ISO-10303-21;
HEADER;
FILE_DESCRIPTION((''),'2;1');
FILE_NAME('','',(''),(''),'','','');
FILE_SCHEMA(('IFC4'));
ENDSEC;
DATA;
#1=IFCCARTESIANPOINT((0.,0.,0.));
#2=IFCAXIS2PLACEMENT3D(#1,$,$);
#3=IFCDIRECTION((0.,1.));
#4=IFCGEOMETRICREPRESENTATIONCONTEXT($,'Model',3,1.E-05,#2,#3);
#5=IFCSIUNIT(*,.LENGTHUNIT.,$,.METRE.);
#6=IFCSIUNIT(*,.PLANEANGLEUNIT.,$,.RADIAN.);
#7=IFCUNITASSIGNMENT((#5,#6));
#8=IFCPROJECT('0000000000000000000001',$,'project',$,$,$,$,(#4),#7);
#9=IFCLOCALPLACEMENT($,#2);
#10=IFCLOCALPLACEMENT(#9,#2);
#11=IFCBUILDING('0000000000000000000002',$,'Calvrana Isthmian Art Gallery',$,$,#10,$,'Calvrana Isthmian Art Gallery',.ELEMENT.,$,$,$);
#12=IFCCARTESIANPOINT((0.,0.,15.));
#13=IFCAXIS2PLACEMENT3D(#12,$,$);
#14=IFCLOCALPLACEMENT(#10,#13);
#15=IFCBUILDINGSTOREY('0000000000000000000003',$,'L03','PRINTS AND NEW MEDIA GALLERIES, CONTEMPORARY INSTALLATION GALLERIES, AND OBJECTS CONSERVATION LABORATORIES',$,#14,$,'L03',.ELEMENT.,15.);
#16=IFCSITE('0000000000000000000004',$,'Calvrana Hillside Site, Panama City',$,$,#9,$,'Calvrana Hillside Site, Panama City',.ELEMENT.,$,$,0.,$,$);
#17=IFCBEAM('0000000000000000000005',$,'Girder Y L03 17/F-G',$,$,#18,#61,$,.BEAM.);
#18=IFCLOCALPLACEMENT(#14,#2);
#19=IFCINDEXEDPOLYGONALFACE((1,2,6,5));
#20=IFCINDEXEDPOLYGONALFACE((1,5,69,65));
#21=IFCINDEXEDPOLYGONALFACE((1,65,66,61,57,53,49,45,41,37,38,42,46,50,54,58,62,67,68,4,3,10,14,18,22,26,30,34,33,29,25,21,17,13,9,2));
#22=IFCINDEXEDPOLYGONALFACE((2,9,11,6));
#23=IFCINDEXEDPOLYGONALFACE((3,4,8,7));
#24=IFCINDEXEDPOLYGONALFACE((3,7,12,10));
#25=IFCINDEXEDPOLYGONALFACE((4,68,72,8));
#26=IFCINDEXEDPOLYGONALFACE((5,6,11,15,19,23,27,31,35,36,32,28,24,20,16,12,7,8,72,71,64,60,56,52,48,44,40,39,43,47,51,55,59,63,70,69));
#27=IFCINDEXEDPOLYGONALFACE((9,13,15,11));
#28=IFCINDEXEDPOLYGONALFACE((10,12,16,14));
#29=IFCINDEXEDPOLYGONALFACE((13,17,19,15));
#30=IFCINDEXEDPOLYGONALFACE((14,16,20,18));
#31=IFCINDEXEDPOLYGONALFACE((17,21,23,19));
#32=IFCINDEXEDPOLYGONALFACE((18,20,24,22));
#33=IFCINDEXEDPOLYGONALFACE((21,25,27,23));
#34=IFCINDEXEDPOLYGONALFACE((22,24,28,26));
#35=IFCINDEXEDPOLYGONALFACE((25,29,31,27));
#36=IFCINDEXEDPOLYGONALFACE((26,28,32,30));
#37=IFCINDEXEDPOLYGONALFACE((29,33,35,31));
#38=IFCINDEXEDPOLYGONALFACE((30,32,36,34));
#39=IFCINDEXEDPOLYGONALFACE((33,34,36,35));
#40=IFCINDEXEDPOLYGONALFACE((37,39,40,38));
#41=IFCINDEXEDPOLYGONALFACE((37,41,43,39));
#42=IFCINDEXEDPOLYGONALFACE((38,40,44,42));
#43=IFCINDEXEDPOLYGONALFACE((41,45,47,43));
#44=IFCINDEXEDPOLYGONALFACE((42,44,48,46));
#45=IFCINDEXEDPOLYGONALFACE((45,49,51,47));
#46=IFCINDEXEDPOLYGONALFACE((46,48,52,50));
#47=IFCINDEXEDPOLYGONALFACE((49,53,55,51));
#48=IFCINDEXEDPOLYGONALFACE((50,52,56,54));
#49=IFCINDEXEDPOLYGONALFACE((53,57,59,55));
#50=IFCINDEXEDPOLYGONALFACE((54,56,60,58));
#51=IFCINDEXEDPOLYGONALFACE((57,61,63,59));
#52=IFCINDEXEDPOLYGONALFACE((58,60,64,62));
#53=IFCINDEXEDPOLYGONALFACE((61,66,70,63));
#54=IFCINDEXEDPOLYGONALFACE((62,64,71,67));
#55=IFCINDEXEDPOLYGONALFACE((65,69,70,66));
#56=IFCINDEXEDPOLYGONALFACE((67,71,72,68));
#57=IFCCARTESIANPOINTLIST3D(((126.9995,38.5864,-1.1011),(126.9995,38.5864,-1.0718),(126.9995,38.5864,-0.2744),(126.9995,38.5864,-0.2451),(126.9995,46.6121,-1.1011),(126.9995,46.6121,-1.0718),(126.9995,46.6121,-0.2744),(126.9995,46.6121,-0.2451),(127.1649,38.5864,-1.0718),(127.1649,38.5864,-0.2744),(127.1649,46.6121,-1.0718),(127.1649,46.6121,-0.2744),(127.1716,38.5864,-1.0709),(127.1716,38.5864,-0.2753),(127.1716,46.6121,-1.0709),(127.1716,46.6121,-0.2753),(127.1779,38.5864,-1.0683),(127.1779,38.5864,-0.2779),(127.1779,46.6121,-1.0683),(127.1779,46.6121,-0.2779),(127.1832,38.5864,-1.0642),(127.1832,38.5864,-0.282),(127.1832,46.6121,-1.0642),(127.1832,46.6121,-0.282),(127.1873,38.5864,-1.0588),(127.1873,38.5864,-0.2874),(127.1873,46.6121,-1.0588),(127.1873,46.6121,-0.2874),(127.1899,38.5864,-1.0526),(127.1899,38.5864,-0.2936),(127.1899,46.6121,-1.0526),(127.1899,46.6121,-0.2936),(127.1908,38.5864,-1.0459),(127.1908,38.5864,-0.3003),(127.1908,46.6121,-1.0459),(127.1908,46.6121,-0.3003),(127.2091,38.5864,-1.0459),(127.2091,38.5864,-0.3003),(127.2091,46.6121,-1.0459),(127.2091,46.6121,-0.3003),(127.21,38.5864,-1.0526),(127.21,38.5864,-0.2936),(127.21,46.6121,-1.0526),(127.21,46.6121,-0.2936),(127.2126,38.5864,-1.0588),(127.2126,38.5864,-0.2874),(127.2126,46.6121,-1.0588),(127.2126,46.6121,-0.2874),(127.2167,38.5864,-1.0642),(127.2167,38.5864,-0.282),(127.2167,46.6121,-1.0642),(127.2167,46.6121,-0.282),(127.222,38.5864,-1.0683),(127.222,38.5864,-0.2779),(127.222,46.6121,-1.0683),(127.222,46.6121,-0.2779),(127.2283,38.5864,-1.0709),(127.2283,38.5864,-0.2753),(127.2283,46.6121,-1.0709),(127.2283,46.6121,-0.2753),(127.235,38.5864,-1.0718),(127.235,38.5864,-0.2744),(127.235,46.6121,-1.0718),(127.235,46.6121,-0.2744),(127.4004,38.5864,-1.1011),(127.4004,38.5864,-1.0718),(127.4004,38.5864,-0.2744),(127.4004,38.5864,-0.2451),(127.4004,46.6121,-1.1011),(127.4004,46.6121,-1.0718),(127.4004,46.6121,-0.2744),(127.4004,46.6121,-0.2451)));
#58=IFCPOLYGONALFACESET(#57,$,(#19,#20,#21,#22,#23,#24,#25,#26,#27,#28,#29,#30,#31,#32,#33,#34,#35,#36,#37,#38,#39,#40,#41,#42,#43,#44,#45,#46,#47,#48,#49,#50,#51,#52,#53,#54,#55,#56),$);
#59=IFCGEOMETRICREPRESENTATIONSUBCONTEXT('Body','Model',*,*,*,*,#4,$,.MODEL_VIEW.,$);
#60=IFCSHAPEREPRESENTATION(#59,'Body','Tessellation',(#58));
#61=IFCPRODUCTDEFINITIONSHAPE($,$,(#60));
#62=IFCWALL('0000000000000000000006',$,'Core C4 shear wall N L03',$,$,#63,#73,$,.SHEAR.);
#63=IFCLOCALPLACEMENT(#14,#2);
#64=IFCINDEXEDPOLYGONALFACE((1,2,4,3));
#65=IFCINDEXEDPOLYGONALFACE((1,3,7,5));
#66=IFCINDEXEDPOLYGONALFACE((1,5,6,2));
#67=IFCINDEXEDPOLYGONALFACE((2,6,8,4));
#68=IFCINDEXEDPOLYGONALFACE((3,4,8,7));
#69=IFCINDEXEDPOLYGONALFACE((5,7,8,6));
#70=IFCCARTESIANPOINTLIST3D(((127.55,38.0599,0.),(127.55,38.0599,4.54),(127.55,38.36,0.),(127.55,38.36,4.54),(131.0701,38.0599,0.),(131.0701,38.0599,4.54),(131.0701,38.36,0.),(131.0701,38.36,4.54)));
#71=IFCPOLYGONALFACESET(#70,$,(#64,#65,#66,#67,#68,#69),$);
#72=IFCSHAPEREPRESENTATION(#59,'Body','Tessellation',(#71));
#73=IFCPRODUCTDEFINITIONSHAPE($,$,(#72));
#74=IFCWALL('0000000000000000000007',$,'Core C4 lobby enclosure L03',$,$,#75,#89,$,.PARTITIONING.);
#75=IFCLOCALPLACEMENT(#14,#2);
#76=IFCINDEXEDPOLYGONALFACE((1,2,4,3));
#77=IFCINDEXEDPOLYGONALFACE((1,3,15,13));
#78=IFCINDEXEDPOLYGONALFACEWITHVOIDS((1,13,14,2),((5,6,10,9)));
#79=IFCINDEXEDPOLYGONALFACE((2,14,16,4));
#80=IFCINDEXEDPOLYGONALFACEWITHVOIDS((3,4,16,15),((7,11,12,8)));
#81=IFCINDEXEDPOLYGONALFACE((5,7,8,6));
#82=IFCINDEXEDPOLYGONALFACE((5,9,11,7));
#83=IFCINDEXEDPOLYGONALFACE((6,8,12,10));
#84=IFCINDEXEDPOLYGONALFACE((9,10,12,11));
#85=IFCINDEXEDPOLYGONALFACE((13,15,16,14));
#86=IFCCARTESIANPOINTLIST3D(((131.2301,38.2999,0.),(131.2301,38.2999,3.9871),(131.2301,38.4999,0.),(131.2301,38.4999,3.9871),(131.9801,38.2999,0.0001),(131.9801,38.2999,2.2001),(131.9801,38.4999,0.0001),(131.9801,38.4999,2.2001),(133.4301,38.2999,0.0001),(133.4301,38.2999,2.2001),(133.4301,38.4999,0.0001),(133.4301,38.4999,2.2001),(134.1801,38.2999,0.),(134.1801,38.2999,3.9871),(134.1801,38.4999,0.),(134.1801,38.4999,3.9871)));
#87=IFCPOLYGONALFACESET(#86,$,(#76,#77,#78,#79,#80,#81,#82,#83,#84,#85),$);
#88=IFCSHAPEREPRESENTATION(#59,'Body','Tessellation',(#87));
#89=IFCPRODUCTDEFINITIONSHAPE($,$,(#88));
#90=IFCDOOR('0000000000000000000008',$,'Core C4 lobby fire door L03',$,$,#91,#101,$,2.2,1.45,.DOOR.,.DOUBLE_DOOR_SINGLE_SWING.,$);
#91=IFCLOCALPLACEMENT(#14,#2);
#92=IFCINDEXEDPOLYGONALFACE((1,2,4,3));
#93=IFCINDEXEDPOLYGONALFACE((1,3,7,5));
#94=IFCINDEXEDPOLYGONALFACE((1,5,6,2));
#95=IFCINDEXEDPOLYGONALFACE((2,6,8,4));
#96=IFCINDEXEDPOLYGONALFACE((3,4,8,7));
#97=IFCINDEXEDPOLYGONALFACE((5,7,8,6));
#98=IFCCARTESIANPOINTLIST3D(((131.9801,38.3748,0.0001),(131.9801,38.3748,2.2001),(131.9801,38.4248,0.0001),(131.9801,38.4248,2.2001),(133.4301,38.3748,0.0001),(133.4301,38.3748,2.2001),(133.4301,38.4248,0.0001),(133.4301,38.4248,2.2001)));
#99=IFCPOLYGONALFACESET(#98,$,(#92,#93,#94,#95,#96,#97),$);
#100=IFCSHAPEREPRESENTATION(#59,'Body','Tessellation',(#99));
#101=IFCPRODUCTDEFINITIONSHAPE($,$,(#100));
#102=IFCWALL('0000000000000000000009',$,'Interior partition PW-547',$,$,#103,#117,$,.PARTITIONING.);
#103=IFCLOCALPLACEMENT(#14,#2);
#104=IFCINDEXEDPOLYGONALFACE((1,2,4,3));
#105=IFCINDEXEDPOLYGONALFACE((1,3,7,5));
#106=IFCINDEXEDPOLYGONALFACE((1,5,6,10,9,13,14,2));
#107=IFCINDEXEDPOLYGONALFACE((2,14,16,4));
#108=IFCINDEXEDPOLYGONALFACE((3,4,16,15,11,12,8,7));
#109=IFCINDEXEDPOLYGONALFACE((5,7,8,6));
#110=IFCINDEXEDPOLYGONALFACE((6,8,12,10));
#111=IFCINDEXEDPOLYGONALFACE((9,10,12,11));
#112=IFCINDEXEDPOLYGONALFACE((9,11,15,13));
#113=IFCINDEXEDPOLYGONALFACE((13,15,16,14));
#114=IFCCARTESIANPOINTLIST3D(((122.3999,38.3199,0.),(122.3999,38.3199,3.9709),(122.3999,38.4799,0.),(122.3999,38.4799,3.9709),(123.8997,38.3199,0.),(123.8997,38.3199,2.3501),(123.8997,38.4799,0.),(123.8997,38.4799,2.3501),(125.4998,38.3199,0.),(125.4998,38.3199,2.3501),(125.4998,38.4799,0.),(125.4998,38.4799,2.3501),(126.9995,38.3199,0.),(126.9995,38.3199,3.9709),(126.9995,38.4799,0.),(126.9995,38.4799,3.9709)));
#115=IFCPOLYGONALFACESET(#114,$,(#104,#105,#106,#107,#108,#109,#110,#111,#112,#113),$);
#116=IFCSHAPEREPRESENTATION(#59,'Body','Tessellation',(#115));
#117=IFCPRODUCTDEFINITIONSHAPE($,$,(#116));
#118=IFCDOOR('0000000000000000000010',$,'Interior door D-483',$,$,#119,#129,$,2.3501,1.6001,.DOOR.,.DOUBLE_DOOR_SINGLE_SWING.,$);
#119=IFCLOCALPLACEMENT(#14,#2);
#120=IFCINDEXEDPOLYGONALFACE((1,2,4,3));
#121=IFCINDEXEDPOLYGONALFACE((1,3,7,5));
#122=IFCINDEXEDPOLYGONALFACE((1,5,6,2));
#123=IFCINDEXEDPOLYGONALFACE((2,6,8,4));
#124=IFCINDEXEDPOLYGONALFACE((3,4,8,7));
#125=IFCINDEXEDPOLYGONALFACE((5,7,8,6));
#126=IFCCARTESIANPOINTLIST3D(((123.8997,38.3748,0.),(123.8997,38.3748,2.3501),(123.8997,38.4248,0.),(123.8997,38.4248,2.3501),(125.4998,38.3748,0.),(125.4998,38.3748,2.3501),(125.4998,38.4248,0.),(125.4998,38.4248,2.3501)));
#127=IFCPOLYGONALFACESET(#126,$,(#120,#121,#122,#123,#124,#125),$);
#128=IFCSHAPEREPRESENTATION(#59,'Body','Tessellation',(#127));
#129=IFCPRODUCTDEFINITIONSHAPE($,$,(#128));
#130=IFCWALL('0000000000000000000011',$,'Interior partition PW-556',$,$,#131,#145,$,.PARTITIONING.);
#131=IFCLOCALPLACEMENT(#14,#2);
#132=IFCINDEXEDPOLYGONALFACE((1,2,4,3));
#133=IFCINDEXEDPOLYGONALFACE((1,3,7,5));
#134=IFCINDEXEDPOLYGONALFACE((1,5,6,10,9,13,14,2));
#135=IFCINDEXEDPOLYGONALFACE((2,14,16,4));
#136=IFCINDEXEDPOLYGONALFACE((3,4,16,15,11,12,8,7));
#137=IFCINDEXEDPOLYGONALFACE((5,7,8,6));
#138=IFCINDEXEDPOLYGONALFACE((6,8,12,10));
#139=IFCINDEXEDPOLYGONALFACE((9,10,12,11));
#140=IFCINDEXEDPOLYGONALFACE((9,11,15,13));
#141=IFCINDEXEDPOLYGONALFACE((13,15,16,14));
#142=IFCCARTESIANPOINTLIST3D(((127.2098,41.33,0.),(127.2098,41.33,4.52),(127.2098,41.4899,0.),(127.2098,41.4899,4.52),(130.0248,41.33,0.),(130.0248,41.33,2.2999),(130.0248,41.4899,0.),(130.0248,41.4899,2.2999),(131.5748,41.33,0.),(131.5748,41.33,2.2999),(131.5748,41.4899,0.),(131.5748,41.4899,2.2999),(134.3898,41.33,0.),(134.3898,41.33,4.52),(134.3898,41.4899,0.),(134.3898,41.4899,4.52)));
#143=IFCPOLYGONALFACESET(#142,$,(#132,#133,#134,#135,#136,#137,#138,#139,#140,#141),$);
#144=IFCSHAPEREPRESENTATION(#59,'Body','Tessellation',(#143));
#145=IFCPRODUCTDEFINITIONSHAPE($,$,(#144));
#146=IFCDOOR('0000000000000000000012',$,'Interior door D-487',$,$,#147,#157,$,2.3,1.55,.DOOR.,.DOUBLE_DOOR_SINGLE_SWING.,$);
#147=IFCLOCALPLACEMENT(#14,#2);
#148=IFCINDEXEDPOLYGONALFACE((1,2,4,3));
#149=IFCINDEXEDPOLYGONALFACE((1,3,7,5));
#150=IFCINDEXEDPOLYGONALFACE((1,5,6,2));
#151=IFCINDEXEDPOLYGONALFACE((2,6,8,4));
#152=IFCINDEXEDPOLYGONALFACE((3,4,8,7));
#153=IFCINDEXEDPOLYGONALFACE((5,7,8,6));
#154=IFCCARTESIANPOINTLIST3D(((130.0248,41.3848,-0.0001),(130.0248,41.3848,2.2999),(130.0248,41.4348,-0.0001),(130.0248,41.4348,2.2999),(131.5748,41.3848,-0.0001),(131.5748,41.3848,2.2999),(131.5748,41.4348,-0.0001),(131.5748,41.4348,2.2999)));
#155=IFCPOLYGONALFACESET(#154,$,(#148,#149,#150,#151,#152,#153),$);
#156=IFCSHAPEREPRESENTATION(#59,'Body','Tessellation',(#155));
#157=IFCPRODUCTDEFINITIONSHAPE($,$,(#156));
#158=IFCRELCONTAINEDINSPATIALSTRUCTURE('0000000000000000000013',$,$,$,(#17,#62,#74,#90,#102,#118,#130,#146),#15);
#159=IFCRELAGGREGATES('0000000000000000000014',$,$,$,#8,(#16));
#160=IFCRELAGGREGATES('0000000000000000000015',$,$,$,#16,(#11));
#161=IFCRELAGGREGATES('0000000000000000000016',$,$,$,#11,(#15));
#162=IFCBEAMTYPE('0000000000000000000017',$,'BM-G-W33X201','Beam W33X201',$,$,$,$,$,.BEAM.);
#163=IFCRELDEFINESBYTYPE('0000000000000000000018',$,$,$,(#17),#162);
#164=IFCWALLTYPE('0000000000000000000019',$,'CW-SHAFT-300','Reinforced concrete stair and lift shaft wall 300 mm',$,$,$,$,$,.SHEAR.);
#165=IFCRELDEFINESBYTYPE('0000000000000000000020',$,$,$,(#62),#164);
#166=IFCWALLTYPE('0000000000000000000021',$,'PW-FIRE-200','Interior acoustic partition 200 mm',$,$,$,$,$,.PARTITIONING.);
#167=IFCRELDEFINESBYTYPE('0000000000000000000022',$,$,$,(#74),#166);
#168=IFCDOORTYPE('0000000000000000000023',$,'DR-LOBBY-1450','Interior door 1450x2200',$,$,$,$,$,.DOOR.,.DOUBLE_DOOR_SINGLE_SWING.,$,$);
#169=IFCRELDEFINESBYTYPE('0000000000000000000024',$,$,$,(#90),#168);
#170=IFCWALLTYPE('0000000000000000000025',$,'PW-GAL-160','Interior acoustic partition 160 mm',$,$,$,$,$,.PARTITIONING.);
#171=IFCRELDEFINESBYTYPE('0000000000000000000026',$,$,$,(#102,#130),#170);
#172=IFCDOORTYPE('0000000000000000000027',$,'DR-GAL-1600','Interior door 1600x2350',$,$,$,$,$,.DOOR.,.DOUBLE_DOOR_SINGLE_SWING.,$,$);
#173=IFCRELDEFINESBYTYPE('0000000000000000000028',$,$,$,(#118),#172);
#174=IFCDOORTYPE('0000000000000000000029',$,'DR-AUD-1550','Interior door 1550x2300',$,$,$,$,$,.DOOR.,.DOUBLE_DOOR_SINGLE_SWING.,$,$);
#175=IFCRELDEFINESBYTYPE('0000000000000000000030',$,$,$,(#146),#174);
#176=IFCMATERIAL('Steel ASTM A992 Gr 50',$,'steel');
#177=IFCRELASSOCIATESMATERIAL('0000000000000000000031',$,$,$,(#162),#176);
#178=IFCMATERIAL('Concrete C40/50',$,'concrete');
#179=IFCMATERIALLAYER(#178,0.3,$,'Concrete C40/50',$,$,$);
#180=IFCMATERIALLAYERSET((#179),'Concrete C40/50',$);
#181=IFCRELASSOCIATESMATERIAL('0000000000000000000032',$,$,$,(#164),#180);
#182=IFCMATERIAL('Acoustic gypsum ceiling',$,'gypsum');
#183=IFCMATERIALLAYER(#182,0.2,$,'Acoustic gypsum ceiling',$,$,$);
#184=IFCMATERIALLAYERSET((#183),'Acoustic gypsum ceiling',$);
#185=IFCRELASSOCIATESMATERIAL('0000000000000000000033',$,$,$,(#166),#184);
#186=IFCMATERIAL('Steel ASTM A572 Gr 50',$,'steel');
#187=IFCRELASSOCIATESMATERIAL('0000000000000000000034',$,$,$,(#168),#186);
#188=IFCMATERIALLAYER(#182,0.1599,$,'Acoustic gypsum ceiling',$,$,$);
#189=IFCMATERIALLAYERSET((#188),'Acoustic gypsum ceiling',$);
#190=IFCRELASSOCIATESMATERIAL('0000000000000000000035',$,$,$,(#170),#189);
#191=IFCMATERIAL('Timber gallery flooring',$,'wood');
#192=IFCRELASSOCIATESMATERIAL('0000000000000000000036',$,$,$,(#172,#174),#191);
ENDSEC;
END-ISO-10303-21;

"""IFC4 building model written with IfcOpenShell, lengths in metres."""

from ifc_helpers import new_model, si_unit, direction, frame, frame_2d, origin, origin_2d, place, context, subcontext, project, spatial, rectangle, i_section, extrude, material, layer, layer_set, material_profile, profile_set, type_object, element, fill, save


model = new_model("IFC4")

# Units and contexts
model_context = context("Model", 3, precision=1e-05, world=origin(), true_north=direction((0.0, 1.0)))
body_context = subcontext(model_context, "Body", "Model", "MODEL_VIEW")
ifc_project = project(units=[si_unit("LENGTHUNIT", "METRE"), si_unit("PLANEANGLEUNIT", "RADIAN")], contexts=[model_context])

# Site, building, storey
site_placement = place(None, origin())
site = spatial("IfcSite", under=ifc_project, at=site_placement, Name="Calvrana Hillside Site, Panama City", LongName="Calvrana Hillside Site, Panama City", CompositionType="ELEMENT", RefElevation=0.0)
building_placement = place(site_placement, origin())
building = spatial("IfcBuilding", under=site, at=building_placement, Name="Calvrana Isthmian Art Gallery", LongName="Calvrana Isthmian Art Gallery", CompositionType="ELEMENT")
storey_placement = place(building_placement, frame((0.0, 0.0, 15.0)))
storey = spatial("IfcBuildingStorey", under=building, at=storey_placement, Name="L03", Description="PRINTS AND NEW MEDIA GALLERIES, CONTEMPORARY INSTALLATION GALLERIES, AND OBJECTS CONSERVATION LABORATORIES", LongName="L03", CompositionType="ELEMENT", Elevation=15.0)

# Shared definitions
ifc_material_1 = material(Name="Steel ASTM A992 Gr 50", Category="steel")

# Beam
ifc_material_profile_1 = material_profile(ifc_material_1, i_section(OverallWidth=0.4009, OverallDepth=0.856, WebThickness=0.0183, FlangeThickness=0.0293, FilletRadius=0.0259, at=origin_2d()), Name="W33X201")
ifc_profile_set_1 = profile_set([ifc_material_profile_1], Name="Steel ASTM A992 Gr 50")
beam_type_1 = type_object("IfcBeamType", Name="BM-G-W33X201", Description="Beam W33X201", PredefinedType="BEAM", material=ifc_profile_set_1)
beam_1_placement = place(storey_placement, frame((127.2, 38.5864, -0.6731), z_axis=(0.0, 1.0, 0.0), x_axis=(-1.0, 0.0, 0.0)))
element("IfcBeam", 1, at=beam_1_placement, inside=storey, type_object=beam_type_1, Name="Girder Y L03 17/F-G", PredefinedType="BEAM", context=body_context, shape_type="SweptSolid", body=[
    extrude(i_section(OverallWidth=0.4009, OverallDepth=0.856, WebThickness=0.0183, FlangeThickness=0.0293, FilletRadius=0.0259, at=origin_2d()), origin(), (0.0, 0.0, 1.0), 8.0256),
])

# Wall
ifc_material_2 = material(Name="Concrete C40/50", Category="concrete")
ifc_layer_1 = layer(ifc_material_2, 0.3, Name="Concrete C40/50")
ifc_layer_set_1 = layer_set([ifc_layer_1], Name="Concrete C40/50")
wall_type_1 = type_object("IfcWallType", Name="CW-SHAFT-300", Description="Reinforced concrete stair and lift shaft wall 300 mm", PredefinedType="SHEAR", material=ifc_layer_set_1)
wall_1_placement = place(storey_placement, frame((127.55, 38.21, 0.0), z_axis=(0.0, 0.0, 1.0), x_axis=(1.0, 0.0, 0.0)))
element("IfcWall", 2, at=wall_1_placement, inside=storey, type_object=wall_type_1, Name="Core C4 shear wall N L03", PredefinedType="SHEAR", context=body_context, shape_type="SweptSolid", body=[
    extrude(rectangle(XDim=3.52, YDim=0.3, at=frame_2d((1.76, 0.0))), origin(), (0.0, 0.0, 1.0), 4.54),
])

# Walls, openings, doors
ifc_material_3 = material(Name="Acoustic gypsum ceiling", Category="gypsum")
ifc_layer_2 = layer(ifc_material_3, 0.2, Name="Acoustic gypsum ceiling")
ifc_layer_set_2 = layer_set([ifc_layer_2], Name="Acoustic gypsum ceiling")
wall_type_2 = type_object("IfcWallType", Name="PW-FIRE-200", Description="Interior acoustic partition 200 mm", PredefinedType="PARTITIONING", material=ifc_layer_set_2)
wall_2_placement = place(storey_placement, frame((131.23, 38.3999, 0.0), z_axis=(0.0, 0.0, 1.0), x_axis=(1.0, 0.0, 0.0)))
wall_2 = element("IfcWall", 3, at=wall_2_placement, inside=storey, type_object=wall_type_2, Name="Core C4 lobby enclosure L03", PredefinedType="PARTITIONING", context=body_context, shape_type="SweptSolid", body=[
    extrude(rectangle(XDim=2.95, YDim=0.2, at=frame_2d((1.4751, 0.0))), origin(), (0.0, 0.0, 1.0), 3.9871),
])
opening_1_placement = place(wall_2_placement, frame((0.75, 0.0, 0.0)))
opening_1 = element("IfcOpeningElement", 4, at=opening_1_placement, cuts=wall_2, PredefinedType="OPENING", context=body_context, shape_type="SweptSolid", body=[
    extrude(rectangle(XDim=1.45, YDim=2.2, at=frame_2d((0.7251, 1.1001))), frame((0.0, 0.1104, 0.0), z_axis=(0.0, -1.0, 0.0), x_axis=(1.0, 0.0, 0.0)), (0.0, 0.0, 1.0), 0.2205),
])
ifc_material_4 = material(Name="Steel ASTM A572 Gr 50", Category="steel")
door_type_1 = type_object("IfcDoorType", Name="DR-LOBBY-1450", Description="Interior door 1450x2200", OperationType="DOUBLE_DOOR_SINGLE_SWING", PredefinedType="DOOR", material=ifc_material_4)
door_1_placement = place(opening_1_placement, origin())
door_1 = element("IfcDoor", 5, at=door_1_placement, inside=storey, type_object=door_type_1, Name="Core C4 lobby fire door L03", OperationType="DOUBLE_DOOR_SINGLE_SWING", OverallHeight=2.2, OverallWidth=1.45, PredefinedType="DOOR", context=body_context, shape_type="SweptSolid", body=[
    extrude(rectangle(XDim=1.45, YDim=2.2, at=frame_2d((0.7251, 1.1001))), frame((0.0, 0.0249, 0.0), z_axis=(0.0, -1.0, 0.0), x_axis=(1.0, 0.0, 0.0)), (0.0, 0.0, 1.0), 0.05),
])
fill(opening_1, door_1)
ifc_layer_3 = layer(ifc_material_3, 0.1599, Name="Acoustic gypsum ceiling")
ifc_layer_set_3 = layer_set([ifc_layer_3], Name="Acoustic gypsum ceiling")
wall_type_3 = type_object("IfcWallType", Name="PW-GAL-160", Description="Interior acoustic partition 160 mm", PredefinedType="PARTITIONING", material=ifc_layer_set_3)
wall_3_placement = place(storey_placement, frame((122.3999, 38.3999, 0.0), z_axis=(0.0, 0.0, 1.0), x_axis=(1.0, 0.0, 0.0)))
wall_3 = element("IfcWall", 6, at=wall_3_placement, inside=storey, type_object=wall_type_3, Name="Interior partition PW-547", PredefinedType="PARTITIONING", context=body_context, shape_type="SweptSolid", body=[
    extrude(rectangle(XDim=4.5996, YDim=0.1599, at=frame_2d((2.2998, 0.0))), origin(), (0.0, 0.0, 1.0), 3.9709),
])
opening_2_placement = place(wall_3_placement, frame((1.4998, 0.0, 0.0)))
opening_2 = element("IfcOpeningElement", 7, at=opening_2_placement, cuts=wall_3, PredefinedType="OPENING", context=body_context, shape_type="SweptSolid", body=[
    extrude(rectangle(XDim=1.6001, YDim=2.3501, at=frame_2d((0.8, 1.175))), frame((0.0, 0.0903, 0.0), z_axis=(0.0, -1.0, 0.0), x_axis=(1.0, 0.0, 0.0)), (0.0, 0.0, 1.0), 0.1804),
])
ifc_material_5 = material(Name="Timber gallery flooring", Category="wood")
door_type_2 = type_object("IfcDoorType", Name="DR-GAL-1600", Description="Interior door 1600x2350", OperationType="DOUBLE_DOOR_SINGLE_SWING", PredefinedType="DOOR", material=ifc_material_5)
door_2_placement = place(opening_2_placement, origin())
door_2 = element("IfcDoor", 8, at=door_2_placement, inside=storey, type_object=door_type_2, Name="Interior door D-483", OperationType="DOUBLE_DOOR_SINGLE_SWING", OverallHeight=2.3501, OverallWidth=1.6001, PredefinedType="DOOR", context=body_context, shape_type="SweptSolid", body=[
    extrude(rectangle(XDim=1.6001, YDim=2.3501, at=frame_2d((0.8, 1.175))), frame((0.0, 0.0249, 0.0), z_axis=(0.0, -1.0, 0.0), x_axis=(1.0, 0.0, 0.0)), (0.0, 0.0, 1.0), 0.05),
])
fill(opening_2, door_2)
wall_4_placement = place(storey_placement, frame((127.21, 41.4099, 0.0), z_axis=(0.0, 0.0, 1.0), x_axis=(1.0, 0.0, 0.0)))
wall_4 = element("IfcWall", 9, at=wall_4_placement, inside=storey, type_object=wall_type_3, Name="Interior partition PW-556", PredefinedType="PARTITIONING", context=body_context, shape_type="SweptSolid", body=[
    extrude(rectangle(XDim=7.1799, YDim=0.1599, at=frame_2d((3.5898, 0.0))), origin(), (0.0, 0.0, 1.0), 4.52),
])
opening_3_placement = place(wall_4_placement, frame((2.8149, 0.0, 0.0)))
opening_3 = element("IfcOpeningElement", 10, at=opening_3_placement, cuts=wall_4, PredefinedType="OPENING", context=body_context, shape_type="SweptSolid", body=[
    extrude(rectangle(XDim=1.55, YDim=2.3, at=frame_2d((0.7749, 1.1499))), frame((0.0, 0.0903, 0.0), z_axis=(0.0, -1.0, 0.0), x_axis=(1.0, 0.0, 0.0)), (0.0, 0.0, 1.0), 0.1804),
])
door_type_3 = type_object("IfcDoorType", Name="DR-AUD-1550", Description="Interior door 1550x2300", OperationType="DOUBLE_DOOR_SINGLE_SWING", PredefinedType="DOOR", material=ifc_material_5)
door_3_placement = place(opening_3_placement, origin())
door_3 = element("IfcDoor", 11, at=door_3_placement, inside=storey, type_object=door_type_3, Name="Interior door D-487", OperationType="DOUBLE_DOOR_SINGLE_SWING", OverallHeight=2.3, OverallWidth=1.55, PredefinedType="DOOR", context=body_context, shape_type="SweptSolid", body=[
    extrude(rectangle(XDim=1.55, YDim=2.3, at=frame_2d((0.7749, 1.1499))), frame((0.0, 0.0249, 0.0), z_axis=(0.0, -1.0, 0.0), x_axis=(1.0, 0.0, 0.0)), (0.0, 0.0, 1.0), 0.05),
])
fill(opening_3, door_3)

save(model, "model.ifc")
